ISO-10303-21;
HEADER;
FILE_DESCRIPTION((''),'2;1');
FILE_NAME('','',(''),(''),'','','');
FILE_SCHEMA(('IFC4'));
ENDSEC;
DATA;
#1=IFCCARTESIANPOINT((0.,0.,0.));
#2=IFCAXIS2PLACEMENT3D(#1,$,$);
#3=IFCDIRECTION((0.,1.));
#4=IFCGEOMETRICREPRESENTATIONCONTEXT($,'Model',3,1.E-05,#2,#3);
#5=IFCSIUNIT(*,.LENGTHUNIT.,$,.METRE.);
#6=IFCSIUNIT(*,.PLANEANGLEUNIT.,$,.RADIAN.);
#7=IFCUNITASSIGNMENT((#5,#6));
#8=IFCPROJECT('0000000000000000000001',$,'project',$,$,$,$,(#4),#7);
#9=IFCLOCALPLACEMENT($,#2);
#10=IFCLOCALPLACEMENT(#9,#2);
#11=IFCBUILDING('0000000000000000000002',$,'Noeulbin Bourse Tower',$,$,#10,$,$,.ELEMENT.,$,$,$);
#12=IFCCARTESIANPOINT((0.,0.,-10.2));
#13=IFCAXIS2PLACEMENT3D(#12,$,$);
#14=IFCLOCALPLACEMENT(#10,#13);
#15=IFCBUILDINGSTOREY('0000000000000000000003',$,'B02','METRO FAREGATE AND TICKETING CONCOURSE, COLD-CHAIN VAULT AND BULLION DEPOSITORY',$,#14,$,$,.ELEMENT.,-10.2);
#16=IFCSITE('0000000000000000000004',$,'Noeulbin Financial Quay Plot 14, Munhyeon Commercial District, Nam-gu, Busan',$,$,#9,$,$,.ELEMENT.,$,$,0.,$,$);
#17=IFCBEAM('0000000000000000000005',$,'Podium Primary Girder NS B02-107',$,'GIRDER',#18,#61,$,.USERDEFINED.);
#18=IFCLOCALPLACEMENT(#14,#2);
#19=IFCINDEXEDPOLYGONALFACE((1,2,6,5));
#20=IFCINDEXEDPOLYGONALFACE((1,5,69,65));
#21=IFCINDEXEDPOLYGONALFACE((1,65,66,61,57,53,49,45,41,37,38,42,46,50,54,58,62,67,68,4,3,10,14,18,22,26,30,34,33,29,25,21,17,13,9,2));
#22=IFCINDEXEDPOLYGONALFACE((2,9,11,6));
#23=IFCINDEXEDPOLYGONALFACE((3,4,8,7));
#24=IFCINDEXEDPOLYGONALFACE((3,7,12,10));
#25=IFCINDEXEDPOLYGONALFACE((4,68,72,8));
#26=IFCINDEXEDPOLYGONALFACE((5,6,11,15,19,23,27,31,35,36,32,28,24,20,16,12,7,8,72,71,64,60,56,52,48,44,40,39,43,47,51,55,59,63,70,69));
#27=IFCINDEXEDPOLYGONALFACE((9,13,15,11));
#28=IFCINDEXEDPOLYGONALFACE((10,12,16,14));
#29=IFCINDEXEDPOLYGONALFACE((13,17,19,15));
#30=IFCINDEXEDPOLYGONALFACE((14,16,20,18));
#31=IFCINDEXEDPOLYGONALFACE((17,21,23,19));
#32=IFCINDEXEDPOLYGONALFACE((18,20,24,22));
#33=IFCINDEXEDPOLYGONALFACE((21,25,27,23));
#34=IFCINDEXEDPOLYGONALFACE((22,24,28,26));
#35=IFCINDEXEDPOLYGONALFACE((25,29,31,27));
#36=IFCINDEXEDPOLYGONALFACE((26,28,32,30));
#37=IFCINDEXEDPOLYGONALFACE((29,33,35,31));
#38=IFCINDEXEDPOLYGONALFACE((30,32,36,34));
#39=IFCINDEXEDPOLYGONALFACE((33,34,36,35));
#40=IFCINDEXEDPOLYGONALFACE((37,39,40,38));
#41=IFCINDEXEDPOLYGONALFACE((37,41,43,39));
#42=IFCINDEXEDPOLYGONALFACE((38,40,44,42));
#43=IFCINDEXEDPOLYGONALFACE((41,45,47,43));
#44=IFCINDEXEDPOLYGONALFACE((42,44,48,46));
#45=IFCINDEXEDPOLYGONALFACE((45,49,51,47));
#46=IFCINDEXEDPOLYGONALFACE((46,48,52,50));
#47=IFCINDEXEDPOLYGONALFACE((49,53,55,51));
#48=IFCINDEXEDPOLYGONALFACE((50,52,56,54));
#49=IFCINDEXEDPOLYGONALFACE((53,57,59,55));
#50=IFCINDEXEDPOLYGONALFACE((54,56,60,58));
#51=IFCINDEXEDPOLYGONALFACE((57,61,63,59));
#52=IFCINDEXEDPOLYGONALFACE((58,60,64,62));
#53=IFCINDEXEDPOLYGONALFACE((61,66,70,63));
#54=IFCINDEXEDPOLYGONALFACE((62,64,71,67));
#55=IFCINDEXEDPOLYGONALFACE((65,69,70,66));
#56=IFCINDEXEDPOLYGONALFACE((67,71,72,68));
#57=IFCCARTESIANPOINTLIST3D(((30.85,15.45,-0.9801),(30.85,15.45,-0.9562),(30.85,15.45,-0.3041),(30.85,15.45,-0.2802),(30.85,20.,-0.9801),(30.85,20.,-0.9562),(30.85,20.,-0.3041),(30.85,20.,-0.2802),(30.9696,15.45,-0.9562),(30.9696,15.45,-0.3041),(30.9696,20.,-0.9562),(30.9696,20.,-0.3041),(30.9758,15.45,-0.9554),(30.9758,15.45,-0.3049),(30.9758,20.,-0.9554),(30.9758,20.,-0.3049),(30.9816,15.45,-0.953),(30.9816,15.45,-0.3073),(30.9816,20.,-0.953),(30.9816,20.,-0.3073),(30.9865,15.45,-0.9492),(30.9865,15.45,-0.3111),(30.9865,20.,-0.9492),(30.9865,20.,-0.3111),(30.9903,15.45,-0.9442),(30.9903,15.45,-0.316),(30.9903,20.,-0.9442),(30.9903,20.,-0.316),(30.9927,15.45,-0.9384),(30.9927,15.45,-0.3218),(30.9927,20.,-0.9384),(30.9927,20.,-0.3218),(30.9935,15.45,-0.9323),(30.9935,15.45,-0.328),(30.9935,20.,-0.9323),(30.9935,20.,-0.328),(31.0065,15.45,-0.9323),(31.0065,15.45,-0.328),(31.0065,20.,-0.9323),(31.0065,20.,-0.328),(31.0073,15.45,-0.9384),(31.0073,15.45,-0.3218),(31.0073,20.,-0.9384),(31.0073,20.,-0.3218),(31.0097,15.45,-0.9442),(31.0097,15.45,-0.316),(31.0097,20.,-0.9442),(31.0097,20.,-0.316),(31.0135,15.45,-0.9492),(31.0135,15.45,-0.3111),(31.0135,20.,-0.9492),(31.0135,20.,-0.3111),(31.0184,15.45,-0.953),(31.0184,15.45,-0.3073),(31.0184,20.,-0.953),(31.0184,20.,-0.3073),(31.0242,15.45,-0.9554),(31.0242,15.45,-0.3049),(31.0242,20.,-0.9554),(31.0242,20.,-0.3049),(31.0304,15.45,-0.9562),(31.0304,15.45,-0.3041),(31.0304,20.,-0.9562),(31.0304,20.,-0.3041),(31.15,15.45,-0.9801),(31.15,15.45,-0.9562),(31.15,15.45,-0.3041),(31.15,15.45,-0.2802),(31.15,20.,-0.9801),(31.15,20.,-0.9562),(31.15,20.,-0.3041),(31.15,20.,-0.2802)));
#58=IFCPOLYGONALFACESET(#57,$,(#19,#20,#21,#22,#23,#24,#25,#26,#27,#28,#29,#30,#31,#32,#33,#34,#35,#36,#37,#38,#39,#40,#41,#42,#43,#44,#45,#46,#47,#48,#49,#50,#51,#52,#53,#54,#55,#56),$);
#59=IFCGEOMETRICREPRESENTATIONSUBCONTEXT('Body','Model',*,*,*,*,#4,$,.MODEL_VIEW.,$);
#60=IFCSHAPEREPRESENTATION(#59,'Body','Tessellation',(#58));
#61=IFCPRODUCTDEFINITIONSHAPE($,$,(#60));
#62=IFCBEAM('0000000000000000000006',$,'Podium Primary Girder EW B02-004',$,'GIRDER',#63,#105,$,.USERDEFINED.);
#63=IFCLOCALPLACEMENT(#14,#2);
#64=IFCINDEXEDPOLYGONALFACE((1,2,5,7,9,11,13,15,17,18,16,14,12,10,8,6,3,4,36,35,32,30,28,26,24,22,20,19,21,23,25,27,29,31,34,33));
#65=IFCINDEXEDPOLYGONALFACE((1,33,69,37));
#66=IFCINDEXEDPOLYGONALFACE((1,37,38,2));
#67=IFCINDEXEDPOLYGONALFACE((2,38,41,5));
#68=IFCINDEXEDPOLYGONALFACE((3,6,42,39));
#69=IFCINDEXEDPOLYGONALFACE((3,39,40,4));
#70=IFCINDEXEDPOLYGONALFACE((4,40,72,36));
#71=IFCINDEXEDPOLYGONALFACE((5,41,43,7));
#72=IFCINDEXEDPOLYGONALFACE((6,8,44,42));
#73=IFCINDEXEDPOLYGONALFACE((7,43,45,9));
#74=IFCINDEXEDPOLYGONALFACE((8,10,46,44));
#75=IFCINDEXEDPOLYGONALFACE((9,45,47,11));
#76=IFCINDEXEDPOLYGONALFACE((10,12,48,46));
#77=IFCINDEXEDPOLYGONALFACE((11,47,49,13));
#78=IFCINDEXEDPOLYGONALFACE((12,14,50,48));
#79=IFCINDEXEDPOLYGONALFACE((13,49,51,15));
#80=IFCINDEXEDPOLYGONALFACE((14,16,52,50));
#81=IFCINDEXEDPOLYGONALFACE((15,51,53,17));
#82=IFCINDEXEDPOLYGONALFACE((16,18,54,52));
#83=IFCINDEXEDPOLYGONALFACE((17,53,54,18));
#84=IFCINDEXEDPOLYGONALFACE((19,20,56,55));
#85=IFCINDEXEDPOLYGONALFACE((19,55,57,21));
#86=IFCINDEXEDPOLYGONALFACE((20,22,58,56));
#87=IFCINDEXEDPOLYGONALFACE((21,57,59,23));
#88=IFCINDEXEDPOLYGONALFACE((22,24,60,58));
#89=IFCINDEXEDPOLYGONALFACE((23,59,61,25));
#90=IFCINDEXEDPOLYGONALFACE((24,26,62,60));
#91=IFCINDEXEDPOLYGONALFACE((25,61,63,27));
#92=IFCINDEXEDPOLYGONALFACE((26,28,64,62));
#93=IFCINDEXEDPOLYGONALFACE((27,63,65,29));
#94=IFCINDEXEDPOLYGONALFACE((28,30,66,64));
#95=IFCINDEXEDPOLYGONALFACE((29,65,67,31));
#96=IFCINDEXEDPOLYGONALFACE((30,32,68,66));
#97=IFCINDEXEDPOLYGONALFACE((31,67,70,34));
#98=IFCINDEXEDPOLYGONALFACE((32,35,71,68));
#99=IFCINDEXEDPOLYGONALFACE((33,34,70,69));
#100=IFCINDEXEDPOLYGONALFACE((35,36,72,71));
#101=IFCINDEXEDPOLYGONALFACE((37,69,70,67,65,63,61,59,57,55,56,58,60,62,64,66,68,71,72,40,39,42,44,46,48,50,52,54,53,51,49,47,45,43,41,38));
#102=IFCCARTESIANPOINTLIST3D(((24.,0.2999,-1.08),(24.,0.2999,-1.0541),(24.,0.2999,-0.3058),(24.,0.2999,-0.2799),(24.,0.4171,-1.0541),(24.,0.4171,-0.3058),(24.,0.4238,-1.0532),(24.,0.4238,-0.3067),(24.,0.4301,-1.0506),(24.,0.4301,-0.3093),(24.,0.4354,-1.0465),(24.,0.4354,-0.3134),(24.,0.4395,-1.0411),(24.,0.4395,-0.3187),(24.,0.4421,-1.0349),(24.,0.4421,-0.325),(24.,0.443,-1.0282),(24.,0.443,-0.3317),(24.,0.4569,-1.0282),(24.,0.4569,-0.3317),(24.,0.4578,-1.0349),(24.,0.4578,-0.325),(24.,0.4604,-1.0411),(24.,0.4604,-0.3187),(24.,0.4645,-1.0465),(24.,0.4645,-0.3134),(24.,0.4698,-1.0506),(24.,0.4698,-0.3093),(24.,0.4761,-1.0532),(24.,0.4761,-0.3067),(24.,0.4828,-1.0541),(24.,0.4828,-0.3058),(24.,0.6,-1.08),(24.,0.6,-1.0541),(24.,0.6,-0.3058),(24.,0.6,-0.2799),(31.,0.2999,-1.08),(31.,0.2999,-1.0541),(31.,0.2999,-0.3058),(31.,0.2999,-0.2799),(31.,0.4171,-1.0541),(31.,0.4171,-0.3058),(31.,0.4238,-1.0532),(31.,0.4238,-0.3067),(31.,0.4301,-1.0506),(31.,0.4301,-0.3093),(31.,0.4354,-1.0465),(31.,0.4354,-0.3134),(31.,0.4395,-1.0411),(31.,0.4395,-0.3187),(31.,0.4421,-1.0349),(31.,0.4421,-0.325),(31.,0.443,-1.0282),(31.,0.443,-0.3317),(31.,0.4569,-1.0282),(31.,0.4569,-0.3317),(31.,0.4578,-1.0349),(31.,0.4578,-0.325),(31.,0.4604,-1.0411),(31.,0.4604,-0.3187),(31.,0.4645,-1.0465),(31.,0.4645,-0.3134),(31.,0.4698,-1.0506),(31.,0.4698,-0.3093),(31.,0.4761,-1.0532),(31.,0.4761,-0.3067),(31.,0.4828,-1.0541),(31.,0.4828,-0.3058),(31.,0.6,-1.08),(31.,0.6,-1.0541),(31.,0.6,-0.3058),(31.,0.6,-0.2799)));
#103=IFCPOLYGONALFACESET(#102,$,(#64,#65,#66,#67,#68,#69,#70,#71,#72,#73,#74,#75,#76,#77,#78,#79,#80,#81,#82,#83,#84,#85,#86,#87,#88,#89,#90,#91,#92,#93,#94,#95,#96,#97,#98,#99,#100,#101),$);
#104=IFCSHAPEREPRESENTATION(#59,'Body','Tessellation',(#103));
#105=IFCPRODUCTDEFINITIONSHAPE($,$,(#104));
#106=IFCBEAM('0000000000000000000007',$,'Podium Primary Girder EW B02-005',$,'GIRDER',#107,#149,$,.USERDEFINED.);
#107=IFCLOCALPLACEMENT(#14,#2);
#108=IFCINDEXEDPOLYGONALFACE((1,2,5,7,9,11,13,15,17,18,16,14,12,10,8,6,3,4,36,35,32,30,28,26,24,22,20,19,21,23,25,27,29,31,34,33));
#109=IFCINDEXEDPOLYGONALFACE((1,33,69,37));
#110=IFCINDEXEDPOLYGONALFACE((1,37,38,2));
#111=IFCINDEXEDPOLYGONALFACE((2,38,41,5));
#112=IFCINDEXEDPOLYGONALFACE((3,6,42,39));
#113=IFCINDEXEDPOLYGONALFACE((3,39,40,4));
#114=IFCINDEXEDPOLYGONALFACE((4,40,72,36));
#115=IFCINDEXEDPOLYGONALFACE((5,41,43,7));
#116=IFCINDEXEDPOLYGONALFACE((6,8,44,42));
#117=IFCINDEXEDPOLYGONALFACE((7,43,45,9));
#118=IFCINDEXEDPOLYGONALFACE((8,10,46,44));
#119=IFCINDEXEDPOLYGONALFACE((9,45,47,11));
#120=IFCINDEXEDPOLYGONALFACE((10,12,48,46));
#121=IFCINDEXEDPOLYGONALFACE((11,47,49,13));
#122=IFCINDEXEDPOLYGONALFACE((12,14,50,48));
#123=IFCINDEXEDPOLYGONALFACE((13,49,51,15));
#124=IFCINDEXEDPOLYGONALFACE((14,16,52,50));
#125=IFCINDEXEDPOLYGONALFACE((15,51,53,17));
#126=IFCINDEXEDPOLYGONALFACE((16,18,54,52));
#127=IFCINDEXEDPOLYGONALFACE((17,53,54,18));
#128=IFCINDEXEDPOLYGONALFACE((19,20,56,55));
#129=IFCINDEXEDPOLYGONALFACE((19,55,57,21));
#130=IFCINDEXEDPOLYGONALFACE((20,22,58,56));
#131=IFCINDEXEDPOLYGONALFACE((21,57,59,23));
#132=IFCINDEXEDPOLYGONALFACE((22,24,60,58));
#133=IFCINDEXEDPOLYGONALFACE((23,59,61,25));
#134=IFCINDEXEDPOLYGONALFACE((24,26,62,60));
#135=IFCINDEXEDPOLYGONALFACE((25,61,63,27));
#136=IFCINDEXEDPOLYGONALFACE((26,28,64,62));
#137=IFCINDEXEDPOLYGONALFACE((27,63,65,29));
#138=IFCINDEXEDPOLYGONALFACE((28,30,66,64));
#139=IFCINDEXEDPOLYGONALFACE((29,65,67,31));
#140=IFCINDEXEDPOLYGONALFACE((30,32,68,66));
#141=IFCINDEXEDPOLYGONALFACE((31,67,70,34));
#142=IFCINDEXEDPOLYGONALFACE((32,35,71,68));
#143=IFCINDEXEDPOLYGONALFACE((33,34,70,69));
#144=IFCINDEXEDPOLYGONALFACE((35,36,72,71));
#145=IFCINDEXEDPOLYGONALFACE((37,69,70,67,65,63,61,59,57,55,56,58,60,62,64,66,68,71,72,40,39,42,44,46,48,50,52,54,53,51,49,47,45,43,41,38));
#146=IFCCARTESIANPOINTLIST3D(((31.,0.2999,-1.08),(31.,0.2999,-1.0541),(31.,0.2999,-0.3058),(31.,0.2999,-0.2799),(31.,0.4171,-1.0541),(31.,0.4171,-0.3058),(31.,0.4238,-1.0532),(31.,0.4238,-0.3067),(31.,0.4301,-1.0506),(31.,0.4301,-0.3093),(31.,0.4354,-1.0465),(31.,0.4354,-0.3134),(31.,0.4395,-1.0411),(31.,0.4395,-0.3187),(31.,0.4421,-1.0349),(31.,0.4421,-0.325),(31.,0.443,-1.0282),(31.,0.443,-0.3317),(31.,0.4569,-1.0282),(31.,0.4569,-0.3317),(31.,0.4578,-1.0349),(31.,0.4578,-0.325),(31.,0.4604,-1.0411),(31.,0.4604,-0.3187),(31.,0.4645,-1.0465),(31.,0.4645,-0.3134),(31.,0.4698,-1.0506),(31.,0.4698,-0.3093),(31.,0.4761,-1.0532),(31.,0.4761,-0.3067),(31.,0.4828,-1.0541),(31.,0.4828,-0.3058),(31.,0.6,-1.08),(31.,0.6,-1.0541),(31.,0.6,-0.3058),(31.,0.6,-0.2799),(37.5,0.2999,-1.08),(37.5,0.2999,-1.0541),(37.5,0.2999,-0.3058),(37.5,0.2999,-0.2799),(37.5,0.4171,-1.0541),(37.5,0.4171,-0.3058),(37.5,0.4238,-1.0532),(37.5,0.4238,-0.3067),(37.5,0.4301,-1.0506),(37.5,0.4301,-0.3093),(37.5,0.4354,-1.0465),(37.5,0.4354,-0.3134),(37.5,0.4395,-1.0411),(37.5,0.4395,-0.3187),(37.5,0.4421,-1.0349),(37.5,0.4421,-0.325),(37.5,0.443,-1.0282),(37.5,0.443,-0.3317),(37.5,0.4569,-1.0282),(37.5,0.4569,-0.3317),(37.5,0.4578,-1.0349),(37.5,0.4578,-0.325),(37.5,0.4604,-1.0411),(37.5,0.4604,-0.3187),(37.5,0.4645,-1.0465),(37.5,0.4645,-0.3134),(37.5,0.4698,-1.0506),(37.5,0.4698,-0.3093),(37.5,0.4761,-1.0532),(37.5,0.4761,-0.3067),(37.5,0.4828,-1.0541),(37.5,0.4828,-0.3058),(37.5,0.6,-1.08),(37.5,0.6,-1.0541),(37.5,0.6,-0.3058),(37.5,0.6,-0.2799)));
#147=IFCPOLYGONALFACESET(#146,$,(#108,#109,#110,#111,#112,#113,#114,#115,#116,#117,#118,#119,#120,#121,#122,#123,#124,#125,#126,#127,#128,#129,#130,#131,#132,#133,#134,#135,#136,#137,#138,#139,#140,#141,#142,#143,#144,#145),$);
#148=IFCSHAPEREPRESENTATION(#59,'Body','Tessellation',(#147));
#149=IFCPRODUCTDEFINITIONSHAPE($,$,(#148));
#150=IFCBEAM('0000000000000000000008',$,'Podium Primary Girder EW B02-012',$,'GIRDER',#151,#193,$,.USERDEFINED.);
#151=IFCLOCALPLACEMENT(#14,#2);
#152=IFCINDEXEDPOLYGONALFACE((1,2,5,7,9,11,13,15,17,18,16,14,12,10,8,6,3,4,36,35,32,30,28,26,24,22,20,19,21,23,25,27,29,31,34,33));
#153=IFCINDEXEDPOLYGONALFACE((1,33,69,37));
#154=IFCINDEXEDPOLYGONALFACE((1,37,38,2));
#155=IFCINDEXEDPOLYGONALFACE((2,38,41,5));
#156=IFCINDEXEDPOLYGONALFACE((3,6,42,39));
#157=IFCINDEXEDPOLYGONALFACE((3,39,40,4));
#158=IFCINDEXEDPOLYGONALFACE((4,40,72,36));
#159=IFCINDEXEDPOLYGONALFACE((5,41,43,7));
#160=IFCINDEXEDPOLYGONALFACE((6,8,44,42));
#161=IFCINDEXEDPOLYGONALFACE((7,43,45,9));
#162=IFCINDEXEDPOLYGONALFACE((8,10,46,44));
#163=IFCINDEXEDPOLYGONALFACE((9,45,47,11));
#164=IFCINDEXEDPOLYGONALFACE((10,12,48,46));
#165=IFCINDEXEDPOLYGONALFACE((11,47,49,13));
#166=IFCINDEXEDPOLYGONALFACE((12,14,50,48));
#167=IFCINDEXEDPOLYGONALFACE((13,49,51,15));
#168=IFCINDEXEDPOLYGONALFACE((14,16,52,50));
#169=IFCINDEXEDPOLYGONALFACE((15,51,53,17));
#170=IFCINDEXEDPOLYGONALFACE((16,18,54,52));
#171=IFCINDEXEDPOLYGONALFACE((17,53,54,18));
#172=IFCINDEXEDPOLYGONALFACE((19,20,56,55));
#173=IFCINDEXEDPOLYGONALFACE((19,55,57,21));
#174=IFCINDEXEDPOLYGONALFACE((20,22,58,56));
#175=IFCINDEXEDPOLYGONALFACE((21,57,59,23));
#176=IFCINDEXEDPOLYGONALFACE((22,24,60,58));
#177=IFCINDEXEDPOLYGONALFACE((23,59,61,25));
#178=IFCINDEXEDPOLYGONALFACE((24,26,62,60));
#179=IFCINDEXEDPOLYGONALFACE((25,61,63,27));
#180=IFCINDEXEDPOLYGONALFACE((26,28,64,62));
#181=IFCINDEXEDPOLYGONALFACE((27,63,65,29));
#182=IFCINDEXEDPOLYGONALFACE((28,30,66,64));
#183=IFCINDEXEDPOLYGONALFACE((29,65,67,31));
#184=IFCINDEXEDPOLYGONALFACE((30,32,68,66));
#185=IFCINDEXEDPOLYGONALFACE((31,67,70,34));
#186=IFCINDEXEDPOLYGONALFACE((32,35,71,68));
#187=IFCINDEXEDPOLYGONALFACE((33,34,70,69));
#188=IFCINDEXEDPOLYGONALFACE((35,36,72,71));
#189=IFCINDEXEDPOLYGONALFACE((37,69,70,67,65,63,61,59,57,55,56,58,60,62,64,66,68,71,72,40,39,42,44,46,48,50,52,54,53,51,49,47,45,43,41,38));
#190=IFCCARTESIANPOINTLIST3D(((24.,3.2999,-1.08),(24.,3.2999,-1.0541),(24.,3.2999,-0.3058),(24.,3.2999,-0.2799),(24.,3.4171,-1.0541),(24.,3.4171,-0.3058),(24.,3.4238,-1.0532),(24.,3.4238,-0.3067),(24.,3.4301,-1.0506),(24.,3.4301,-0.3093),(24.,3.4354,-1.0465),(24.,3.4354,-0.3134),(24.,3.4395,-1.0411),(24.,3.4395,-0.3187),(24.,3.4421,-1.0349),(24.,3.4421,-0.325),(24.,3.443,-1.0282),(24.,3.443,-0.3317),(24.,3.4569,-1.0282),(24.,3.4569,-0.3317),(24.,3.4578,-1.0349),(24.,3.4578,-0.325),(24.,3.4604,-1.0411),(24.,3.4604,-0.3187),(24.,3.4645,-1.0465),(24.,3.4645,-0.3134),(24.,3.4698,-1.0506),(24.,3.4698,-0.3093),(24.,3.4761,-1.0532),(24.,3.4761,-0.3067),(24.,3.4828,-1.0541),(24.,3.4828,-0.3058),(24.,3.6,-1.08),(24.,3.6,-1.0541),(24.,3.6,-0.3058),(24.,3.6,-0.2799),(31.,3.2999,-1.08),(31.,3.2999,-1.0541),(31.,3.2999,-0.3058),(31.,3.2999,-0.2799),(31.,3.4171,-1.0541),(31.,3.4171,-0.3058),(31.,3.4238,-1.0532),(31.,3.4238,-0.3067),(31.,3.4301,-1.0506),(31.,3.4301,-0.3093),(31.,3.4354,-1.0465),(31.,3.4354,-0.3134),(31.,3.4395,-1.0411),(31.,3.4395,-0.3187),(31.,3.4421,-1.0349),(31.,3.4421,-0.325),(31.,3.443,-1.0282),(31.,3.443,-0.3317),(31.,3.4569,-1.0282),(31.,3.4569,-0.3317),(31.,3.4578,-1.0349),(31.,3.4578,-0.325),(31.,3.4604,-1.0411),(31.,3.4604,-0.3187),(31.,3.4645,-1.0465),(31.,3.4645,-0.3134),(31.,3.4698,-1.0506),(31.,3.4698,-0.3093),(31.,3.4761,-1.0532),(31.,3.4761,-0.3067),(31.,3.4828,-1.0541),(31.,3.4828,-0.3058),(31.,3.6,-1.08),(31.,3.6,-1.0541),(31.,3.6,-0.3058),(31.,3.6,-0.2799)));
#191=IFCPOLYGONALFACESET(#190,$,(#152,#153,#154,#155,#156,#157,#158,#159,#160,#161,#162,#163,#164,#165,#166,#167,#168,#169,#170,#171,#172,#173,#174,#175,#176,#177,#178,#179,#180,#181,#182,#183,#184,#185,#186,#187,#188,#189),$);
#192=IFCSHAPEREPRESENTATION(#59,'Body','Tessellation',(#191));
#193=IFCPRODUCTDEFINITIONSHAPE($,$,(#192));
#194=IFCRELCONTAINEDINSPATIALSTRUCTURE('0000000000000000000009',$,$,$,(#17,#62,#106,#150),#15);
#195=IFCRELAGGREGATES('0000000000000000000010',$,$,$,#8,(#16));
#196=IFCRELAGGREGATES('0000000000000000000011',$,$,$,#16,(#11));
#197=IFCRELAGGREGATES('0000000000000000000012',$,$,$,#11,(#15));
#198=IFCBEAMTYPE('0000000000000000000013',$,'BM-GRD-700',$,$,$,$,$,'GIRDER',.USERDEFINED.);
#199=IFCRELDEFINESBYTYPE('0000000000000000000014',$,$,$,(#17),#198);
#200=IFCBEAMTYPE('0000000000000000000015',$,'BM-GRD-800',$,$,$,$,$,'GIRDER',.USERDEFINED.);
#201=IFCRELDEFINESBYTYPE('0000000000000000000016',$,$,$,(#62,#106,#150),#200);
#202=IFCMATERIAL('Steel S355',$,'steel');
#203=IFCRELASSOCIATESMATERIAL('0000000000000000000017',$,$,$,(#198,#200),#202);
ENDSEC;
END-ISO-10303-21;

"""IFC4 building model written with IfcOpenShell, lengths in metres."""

from ifc_helpers import new_model, si_unit, direction, frame, origin, origin_2d, place, context, subcontext, project, spatial, i_section, extrude, material, material_profile, profile_set, type_object, element, save


model = new_model("IFC4")

# Units and contexts
model_context = context("Model", 3, precision=1e-05, world=origin(), true_north=direction((0.0, 1.0)))
body_context = subcontext(model_context, "Body", "Model", "MODEL_VIEW")
ifc_project = project(units=[si_unit("LENGTHUNIT", "METRE"), si_unit("PLANEANGLEUNIT", "RADIAN")], contexts=[model_context])

# Site, building, storey
site_placement = place(None, origin())
site = spatial("IfcSite", under=ifc_project, at=site_placement, Name="Noeulbin Financial Quay Plot 14, Munhyeon Commercial District, Nam-gu, Busan", CompositionType="ELEMENT", RefElevation=0.0)
building_placement = place(site_placement, origin())
building = spatial("IfcBuilding", under=site, at=building_placement, Name="Noeulbin Bourse Tower", CompositionType="ELEMENT")
storey_placement = place(building_placement, frame((0.0, 0.0, -10.2)))
storey = spatial("IfcBuildingStorey", under=building, at=storey_placement, Name="B02", Description="METRO FAREGATE AND TICKETING CONCOURSE, COLD-CHAIN VAULT AND BULLION DEPOSITORY", CompositionType="ELEMENT", Elevation=-10.2)

# Beams
ifc_material_1 = material(Name="Steel S355", Category="steel")
ifc_material_profile_1 = material_profile(ifc_material_1, i_section(OverallWidth=0.3, OverallDepth=0.7, WebThickness=0.0129, FlangeThickness=0.0239, FilletRadius=0.0239, at=origin_2d()), Name="H-700x300x13x24", Category="LoadBearing")
ifc_profile_set_1 = profile_set([ifc_material_profile_1], Name="Steel S355")
beam_type_1 = type_object("IfcBeamType", Name="BM-GRD-700", ElementType="GIRDER", PredefinedType="USERDEFINED", material=ifc_profile_set_1)
beam_1_placement = place(storey_placement, frame((31.0, 15.45, -0.6301), z_axis=(0.0, 1.0, 0.0), x_axis=(-1.0, 0.0, 0.0)))
element("IfcBeam", 1, at=beam_1_placement, inside=storey, type_object=beam_type_1, Name="Podium Primary Girder NS B02-107", ObjectType="GIRDER", PredefinedType="USERDEFINED", context=body_context, shape_type="SweptSolid", body=[
    extrude(i_section(OverallWidth=0.3, OverallDepth=0.7, WebThickness=0.0129, FlangeThickness=0.0239, FilletRadius=0.0239, at=origin_2d()), origin(), (0.0, 0.0, 1.0), 4.55),
])
ifc_material_profile_2 = material_profile(ifc_material_1, i_section(OverallWidth=0.3, OverallDepth=0.8, WebThickness=0.0139, FlangeThickness=0.0259, FilletRadius=0.0259, at=origin_2d()), Name="H-800x300x14x26", Category="LoadBearing")
ifc_profile_set_2 = profile_set([ifc_material_profile_2], Name="Steel S355")
beam_type_2 = type_object("IfcBeamType", Name="BM-GRD-800", ElementType="GIRDER", PredefinedType="USERDEFINED", material=ifc_profile_set_2)
beam_2_placement = place(storey_placement, frame((24.0, 0.45, -0.6799), z_axis=(1.0, 0.0, 0.0), x_axis=(0.0, 1.0, 0.0)))
element("IfcBeam", 2, at=beam_2_placement, inside=storey, type_object=beam_type_2, Name="Podium Primary Girder EW B02-004", ObjectType="GIRDER", PredefinedType="USERDEFINED", context=body_context, shape_type="SweptSolid", body=[
    extrude(i_section(OverallWidth=0.3, OverallDepth=0.8, WebThickness=0.0139, FlangeThickness=0.0259, FilletRadius=0.0259, at=origin_2d()), origin(), (0.0, 0.0, 1.0), 7.0),
])
beam_3_placement = place(storey_placement, frame((31.0, 0.45, -0.6799), z_axis=(1.0, 0.0, 0.0), x_axis=(0.0, 1.0, 0.0)))
element("IfcBeam", 3, at=beam_3_placement, inside=storey, type_object=beam_type_2, Name="Podium Primary Girder EW B02-005", ObjectType="GIRDER", PredefinedType="USERDEFINED", context=body_context, shape_type="SweptSolid", body=[
    extrude(i_section(OverallWidth=0.3, OverallDepth=0.8, WebThickness=0.0139, FlangeThickness=0.0259, FilletRadius=0.0259, at=origin_2d()), origin(), (0.0, 0.0, 1.0), 6.5),
])
beam_4_placement = place(storey_placement, frame((24.0, 3.45, -0.6799), z_axis=(1.0, 0.0, 0.0), x_axis=(0.0, 1.0, 0.0)))
element("IfcBeam", 4, at=beam_4_placement, inside=storey, type_object=beam_type_2, Name="Podium Primary Girder EW B02-012", ObjectType="GIRDER", PredefinedType="USERDEFINED", context=body_context, shape_type="SweptSolid", body=[
    extrude(i_section(OverallWidth=0.3, OverallDepth=0.8, WebThickness=0.0139, FlangeThickness=0.0259, FilletRadius=0.0259, at=origin_2d()), origin(), (0.0, 0.0, 1.0), 7.0),
])

save(model, "model.ifc")
